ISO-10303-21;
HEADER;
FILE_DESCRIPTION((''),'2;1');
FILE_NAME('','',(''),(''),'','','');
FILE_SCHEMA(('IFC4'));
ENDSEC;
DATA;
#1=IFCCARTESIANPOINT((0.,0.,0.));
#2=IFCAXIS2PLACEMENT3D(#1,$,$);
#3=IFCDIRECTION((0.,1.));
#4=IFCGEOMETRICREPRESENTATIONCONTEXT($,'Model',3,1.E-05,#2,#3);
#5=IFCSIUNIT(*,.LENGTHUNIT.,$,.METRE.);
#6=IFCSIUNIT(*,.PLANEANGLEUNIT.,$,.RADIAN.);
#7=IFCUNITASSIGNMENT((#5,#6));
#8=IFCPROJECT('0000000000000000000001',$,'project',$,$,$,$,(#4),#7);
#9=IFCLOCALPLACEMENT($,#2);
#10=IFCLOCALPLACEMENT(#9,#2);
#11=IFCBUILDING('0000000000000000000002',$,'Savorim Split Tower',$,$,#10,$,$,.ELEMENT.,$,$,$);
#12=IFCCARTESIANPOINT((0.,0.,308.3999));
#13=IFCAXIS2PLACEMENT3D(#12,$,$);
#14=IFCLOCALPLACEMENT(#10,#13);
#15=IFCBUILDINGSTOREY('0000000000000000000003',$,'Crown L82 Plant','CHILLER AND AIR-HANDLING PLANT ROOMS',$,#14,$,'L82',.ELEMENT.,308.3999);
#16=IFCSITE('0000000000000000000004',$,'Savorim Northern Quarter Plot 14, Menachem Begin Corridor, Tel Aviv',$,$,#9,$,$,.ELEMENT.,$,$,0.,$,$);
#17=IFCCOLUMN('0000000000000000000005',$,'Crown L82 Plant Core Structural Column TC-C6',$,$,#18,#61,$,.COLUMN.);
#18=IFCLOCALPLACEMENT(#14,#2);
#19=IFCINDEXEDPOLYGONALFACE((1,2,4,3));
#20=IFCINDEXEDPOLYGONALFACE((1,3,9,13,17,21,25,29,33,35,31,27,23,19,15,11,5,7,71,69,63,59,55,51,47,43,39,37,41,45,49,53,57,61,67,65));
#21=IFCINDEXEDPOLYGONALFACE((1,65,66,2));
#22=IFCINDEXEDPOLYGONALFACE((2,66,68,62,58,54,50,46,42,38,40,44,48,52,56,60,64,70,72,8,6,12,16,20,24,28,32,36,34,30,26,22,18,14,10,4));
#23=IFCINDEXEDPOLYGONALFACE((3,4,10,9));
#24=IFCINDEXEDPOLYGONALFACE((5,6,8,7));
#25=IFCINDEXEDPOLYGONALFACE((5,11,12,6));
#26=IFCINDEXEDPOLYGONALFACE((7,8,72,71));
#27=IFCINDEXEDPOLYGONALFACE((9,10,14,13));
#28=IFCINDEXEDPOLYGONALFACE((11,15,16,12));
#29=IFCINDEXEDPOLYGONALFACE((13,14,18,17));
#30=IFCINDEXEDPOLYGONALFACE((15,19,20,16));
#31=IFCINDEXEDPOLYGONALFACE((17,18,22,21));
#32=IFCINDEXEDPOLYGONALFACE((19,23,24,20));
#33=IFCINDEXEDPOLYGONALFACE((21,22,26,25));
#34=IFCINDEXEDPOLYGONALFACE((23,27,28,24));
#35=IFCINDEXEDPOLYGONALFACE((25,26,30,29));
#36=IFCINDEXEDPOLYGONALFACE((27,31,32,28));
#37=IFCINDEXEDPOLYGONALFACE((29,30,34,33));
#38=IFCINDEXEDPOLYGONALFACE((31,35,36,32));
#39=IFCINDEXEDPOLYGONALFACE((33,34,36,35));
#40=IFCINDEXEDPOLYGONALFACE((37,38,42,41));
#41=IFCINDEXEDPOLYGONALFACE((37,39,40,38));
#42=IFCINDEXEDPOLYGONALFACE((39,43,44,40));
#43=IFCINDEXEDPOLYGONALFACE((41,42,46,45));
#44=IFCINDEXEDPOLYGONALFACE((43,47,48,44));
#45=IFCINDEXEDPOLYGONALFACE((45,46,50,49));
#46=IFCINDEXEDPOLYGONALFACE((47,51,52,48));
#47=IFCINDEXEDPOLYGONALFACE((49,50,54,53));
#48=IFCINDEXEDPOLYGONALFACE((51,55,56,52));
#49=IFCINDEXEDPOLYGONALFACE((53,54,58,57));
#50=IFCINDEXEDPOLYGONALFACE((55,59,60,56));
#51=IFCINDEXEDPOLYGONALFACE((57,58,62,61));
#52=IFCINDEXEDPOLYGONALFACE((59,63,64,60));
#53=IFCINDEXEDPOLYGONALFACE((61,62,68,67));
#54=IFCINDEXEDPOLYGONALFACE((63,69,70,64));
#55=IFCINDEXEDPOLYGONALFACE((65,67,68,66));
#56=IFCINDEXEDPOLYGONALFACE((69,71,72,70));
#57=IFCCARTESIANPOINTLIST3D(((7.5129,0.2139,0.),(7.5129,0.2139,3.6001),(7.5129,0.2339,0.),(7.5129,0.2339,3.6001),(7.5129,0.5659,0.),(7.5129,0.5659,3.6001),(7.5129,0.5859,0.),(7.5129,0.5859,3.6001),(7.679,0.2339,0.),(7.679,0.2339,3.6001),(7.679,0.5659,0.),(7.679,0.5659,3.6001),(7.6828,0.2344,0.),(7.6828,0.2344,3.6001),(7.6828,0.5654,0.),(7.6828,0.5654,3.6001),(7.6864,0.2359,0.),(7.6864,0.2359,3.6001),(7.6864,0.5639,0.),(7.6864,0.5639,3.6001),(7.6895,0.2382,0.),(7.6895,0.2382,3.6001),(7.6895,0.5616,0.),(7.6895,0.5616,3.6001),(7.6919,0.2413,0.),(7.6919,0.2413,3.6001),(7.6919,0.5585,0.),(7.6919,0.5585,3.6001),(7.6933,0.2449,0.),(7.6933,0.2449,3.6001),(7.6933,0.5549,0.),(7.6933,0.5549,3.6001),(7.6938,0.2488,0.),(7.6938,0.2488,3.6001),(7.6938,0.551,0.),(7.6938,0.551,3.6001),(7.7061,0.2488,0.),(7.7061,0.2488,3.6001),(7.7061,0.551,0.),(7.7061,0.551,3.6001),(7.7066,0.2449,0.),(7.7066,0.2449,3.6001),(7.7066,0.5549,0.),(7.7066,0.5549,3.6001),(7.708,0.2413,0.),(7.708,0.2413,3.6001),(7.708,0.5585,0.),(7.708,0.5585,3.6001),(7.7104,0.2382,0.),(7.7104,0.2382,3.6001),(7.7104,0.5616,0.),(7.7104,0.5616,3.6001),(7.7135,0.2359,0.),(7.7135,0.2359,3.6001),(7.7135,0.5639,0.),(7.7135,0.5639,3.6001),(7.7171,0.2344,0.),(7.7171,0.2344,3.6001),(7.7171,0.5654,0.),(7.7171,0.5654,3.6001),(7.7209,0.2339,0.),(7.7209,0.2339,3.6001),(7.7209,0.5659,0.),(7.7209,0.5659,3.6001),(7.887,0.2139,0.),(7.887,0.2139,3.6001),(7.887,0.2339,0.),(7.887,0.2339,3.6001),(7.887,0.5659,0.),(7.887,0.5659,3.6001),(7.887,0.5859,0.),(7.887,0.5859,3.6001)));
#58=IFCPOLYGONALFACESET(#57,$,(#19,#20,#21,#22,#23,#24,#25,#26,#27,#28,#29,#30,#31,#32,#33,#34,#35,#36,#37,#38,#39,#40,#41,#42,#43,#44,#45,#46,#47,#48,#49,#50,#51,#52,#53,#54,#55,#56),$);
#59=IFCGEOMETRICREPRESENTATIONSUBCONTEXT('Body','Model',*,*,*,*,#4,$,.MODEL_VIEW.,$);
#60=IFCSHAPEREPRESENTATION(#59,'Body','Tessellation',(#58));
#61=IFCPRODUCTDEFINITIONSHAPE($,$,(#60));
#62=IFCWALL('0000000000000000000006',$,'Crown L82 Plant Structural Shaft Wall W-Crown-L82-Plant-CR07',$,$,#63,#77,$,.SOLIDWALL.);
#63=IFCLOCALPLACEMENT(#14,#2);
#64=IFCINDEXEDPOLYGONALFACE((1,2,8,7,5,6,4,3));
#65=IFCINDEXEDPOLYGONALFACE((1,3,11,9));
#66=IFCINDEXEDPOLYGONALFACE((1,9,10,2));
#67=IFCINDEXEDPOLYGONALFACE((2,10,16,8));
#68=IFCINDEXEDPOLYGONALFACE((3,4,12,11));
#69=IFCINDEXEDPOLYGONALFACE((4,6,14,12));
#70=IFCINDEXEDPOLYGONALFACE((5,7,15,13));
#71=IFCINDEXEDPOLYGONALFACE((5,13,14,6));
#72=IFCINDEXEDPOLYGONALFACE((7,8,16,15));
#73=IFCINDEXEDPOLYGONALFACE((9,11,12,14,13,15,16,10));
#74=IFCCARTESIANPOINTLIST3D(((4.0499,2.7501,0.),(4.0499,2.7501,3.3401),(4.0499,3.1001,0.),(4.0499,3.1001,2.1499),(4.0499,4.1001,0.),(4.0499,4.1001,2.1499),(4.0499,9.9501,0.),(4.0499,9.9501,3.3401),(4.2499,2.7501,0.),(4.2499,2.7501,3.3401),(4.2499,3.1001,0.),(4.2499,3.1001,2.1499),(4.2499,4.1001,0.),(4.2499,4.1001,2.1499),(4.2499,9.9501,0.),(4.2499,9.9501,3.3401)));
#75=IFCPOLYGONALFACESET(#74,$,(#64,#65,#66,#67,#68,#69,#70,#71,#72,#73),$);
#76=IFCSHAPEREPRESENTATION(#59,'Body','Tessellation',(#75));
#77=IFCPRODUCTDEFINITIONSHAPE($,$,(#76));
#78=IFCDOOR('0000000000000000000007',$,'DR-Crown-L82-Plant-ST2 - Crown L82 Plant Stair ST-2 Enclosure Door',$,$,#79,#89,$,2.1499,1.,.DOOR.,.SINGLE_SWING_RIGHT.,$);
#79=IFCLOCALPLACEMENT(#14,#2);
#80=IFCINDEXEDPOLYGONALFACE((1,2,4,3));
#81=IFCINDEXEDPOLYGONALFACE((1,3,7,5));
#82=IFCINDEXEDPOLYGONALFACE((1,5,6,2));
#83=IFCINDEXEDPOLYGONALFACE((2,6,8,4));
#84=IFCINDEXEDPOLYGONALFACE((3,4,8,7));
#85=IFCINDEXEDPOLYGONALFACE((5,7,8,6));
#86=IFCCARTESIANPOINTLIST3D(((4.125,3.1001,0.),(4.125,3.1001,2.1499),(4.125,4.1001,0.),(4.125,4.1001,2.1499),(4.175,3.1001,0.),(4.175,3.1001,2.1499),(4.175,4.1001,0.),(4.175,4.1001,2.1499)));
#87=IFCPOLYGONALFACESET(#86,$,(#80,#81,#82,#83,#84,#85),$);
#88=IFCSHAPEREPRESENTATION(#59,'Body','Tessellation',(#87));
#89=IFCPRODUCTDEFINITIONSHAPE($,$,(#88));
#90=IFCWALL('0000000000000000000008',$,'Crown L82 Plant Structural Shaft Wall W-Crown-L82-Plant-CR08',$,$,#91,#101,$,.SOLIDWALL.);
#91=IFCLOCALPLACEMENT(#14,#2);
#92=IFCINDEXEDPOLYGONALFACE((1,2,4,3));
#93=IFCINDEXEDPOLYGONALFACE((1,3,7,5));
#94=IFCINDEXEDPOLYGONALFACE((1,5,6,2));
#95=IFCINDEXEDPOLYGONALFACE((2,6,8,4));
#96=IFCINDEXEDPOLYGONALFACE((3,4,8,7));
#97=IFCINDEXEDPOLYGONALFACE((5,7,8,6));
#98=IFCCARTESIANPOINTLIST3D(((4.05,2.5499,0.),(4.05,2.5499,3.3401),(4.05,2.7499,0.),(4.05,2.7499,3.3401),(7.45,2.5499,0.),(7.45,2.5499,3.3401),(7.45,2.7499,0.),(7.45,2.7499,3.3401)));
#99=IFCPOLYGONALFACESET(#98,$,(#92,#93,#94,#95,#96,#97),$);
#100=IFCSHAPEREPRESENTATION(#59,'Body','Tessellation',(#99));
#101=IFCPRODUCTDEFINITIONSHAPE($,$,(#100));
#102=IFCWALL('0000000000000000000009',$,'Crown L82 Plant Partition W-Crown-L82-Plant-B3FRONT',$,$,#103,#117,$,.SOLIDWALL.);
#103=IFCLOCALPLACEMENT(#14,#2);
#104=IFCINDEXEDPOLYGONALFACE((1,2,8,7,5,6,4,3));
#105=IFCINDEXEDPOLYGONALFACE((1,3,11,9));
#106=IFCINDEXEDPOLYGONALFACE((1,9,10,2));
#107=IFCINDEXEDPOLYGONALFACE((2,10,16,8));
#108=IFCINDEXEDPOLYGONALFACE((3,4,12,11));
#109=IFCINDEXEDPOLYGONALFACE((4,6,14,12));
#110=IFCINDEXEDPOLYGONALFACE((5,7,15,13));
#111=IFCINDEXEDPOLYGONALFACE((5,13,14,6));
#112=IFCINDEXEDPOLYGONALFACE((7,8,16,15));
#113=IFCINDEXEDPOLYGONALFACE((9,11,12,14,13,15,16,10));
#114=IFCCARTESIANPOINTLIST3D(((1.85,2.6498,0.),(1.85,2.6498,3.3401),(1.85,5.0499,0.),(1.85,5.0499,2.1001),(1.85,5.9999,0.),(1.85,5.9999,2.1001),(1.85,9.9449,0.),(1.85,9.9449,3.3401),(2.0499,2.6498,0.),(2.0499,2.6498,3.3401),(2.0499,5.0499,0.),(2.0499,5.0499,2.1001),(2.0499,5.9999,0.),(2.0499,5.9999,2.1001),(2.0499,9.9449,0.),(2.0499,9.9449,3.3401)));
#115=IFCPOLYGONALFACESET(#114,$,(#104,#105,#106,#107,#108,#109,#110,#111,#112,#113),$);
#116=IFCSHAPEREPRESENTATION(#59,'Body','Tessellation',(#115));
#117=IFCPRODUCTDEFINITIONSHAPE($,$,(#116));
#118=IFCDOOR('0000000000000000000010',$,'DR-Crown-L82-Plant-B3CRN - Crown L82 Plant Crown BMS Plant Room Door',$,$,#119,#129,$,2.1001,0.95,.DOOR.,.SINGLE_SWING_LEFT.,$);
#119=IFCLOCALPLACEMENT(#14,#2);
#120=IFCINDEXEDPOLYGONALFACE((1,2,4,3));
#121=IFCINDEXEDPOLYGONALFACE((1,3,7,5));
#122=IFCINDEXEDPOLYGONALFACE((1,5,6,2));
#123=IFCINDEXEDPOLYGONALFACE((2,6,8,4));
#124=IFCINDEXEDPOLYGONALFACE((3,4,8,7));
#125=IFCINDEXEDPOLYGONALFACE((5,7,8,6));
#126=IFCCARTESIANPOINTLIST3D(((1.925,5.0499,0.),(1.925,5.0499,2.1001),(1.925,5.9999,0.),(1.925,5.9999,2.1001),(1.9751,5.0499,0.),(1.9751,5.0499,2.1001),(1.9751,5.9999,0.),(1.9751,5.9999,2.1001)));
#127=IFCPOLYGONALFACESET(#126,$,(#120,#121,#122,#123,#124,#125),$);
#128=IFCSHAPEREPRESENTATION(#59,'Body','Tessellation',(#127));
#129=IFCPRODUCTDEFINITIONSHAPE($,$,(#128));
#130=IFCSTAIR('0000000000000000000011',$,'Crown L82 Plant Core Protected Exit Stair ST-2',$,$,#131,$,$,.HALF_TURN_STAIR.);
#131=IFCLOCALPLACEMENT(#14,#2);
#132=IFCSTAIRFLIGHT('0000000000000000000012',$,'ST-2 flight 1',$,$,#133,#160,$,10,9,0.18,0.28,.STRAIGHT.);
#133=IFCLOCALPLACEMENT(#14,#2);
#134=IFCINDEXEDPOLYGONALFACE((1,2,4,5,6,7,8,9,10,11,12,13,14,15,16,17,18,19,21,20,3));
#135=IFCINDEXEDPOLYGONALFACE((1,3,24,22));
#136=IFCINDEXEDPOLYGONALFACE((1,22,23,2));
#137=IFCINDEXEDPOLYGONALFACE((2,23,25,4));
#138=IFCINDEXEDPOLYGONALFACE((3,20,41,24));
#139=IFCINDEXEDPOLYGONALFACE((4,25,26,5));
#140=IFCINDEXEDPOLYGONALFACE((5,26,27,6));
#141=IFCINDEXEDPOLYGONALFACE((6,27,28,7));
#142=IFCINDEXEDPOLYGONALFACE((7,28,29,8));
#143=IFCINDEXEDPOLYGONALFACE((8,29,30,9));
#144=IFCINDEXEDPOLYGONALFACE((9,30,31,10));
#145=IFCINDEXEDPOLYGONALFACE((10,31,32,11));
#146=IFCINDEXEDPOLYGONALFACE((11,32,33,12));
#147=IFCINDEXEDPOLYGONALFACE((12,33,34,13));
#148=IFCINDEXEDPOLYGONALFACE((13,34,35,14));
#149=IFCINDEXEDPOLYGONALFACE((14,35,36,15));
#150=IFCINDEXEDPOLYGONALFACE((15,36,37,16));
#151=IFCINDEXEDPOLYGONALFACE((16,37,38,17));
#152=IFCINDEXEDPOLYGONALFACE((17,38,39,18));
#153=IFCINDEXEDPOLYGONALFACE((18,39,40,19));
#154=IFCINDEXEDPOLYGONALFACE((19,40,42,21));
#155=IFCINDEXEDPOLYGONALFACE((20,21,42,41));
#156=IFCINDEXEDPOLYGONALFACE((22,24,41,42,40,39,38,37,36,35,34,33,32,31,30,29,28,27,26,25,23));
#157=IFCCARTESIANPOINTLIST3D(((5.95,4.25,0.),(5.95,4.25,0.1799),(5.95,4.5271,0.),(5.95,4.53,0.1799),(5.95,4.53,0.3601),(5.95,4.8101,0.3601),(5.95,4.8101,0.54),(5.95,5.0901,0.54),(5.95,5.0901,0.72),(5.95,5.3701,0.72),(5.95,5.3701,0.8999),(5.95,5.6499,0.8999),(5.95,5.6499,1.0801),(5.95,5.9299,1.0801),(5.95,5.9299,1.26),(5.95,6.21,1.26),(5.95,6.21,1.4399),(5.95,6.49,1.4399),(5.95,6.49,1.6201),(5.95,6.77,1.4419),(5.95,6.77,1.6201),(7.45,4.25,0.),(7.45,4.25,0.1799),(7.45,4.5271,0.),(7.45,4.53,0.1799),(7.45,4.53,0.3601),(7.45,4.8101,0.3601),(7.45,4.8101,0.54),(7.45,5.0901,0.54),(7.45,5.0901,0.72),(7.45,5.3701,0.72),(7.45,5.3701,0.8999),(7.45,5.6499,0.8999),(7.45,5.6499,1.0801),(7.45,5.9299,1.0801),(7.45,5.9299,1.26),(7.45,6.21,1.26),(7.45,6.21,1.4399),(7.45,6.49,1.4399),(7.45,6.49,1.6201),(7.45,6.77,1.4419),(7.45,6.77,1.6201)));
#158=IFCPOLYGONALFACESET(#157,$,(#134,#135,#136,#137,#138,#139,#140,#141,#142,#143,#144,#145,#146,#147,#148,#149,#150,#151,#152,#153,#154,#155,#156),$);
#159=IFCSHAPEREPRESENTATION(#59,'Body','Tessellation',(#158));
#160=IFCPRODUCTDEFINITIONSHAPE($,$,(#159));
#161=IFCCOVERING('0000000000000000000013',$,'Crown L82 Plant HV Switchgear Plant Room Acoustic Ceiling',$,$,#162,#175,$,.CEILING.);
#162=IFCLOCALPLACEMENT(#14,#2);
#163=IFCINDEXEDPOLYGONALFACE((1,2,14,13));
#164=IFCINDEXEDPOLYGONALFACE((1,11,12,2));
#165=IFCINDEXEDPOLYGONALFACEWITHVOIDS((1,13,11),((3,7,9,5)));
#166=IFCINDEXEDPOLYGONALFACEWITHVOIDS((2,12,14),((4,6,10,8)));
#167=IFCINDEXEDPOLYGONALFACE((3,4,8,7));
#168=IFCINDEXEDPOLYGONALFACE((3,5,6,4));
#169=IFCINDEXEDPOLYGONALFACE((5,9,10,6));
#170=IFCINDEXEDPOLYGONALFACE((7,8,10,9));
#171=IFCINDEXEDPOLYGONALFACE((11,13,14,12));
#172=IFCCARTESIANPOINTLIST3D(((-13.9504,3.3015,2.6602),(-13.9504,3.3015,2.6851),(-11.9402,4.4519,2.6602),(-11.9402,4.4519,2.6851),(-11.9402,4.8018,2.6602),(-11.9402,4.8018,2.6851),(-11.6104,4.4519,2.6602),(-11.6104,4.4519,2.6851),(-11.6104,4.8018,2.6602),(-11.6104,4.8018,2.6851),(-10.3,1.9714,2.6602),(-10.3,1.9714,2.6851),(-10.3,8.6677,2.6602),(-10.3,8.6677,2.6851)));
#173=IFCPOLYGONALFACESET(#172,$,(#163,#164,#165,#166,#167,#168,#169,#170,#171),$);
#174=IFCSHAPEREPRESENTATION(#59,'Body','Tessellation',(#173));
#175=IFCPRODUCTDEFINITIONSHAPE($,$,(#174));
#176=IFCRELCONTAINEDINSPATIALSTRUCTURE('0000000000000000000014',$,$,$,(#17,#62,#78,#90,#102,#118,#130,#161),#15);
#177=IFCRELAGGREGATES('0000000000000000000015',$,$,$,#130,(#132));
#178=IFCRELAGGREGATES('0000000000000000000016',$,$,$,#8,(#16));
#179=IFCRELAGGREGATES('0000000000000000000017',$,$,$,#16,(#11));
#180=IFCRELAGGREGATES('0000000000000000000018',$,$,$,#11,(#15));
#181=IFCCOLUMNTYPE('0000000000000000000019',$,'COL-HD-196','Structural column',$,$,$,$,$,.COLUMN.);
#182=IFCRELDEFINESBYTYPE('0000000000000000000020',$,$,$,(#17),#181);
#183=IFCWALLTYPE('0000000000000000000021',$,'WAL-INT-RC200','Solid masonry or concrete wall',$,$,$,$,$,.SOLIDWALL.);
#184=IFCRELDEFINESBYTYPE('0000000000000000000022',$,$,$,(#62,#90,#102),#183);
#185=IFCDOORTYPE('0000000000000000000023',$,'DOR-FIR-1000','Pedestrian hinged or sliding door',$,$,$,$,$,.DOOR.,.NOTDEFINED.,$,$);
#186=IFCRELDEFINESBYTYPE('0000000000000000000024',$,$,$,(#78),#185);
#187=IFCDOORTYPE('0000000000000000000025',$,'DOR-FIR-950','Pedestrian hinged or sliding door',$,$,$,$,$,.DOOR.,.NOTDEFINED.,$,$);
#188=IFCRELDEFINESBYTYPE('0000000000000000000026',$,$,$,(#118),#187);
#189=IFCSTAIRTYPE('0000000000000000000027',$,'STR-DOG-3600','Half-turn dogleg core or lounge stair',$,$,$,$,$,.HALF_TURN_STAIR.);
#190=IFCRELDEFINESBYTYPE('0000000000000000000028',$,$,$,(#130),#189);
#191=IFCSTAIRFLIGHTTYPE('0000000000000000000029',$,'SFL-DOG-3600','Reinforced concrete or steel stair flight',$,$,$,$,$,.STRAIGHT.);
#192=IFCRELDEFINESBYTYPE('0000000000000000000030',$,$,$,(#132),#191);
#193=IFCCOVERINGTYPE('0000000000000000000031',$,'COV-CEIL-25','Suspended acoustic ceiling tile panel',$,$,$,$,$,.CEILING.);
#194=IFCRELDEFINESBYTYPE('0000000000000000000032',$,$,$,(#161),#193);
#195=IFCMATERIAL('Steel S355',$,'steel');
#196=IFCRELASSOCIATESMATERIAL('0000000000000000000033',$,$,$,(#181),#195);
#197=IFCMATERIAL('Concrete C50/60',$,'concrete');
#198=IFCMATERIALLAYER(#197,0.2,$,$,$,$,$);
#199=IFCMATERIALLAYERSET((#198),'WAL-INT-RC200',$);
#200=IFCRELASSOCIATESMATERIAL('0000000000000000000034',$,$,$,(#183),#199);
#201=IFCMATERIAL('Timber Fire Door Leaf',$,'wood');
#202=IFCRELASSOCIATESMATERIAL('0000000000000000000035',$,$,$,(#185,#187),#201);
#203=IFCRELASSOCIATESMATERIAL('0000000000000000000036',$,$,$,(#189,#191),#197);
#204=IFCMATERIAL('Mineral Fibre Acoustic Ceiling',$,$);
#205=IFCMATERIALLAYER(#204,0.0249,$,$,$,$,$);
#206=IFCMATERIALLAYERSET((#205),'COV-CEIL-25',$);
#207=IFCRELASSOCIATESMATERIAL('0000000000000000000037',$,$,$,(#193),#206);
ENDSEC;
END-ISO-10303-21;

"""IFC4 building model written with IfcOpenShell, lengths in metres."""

from ifc_helpers import new_model, si_unit, direction, frame, frame_2d, origin, origin_2d, place, context, subcontext, project, spatial, polyline, rectangle, i_section, outline, extrude, material, layer, layer_set, material_profile, profile_set, type_object, element, fill, aggregate, save


model = new_model("IFC4")

# Units and contexts
model_context = context("Model", 3, precision=1e-05, world=origin(), true_north=direction((0.0, 1.0)))
body_context = subcontext(model_context, "Body", "Model", "MODEL_VIEW")
ifc_project = project(units=[si_unit("LENGTHUNIT", "METRE"), si_unit("PLANEANGLEUNIT", "RADIAN")], contexts=[model_context])

# Site, building, storey
site_placement = place(None, origin())
site = spatial("IfcSite", under=ifc_project, at=site_placement, Name="Savorim Northern Quarter Plot 14, Menachem Begin Corridor, Tel Aviv", CompositionType="ELEMENT", RefElevation=0.0)
building_placement = place(site_placement, origin())
building = spatial("IfcBuilding", under=site, at=building_placement, Name="Savorim Split Tower", CompositionType="ELEMENT")
storey_placement = place(building_placement, frame((0.0, 0.0, 308.3999)))
storey = spatial("IfcBuildingStorey", under=building, at=storey_placement, Name="Crown L82 Plant", Description="CHILLER AND AIR-HANDLING PLANT ROOMS", LongName="L82", CompositionType="ELEMENT", Elevation=308.3999)

# Column
ifc_material_1 = material(Name="Steel S355", Category="steel")
ifc_material_profile = material_profile(ifc_material_1, i_section(OverallWidth=0.374, OverallDepth=0.3721, WebThickness=0.0122, FlangeThickness=0.02, FilletRadius=0.0149, at=origin_2d()), Name="HD 360x196")
ifc_profile_set = profile_set([ifc_material_profile], Name="Steel S355")
column_type = type_object("IfcColumnType", Name="COL-HD-196", Description="Structural column", PredefinedType="COLUMN", material=ifc_profile_set)
column_placement = place(storey_placement, frame((7.7, 0.3999, 0.0), z_axis=(0.0, 0.0, 1.0), x_axis=(1.0, 0.0, 0.0)))
element("IfcColumn", 1, at=column_placement, inside=storey, type_object=column_type, Name="Crown L82 Plant Core Structural Column TC-C6", PredefinedType="COLUMN", context=body_context, shape_type="SweptSolid", body=[
    extrude(i_section(OverallWidth=0.374, OverallDepth=0.3721, WebThickness=0.0122, FlangeThickness=0.02, FilletRadius=0.0149, at=origin_2d()), origin(), (0.0, 0.0, 1.0), 3.6001),
])

# Wall, opening, door
ifc_material_2 = material(Name="Concrete C50/60", Category="concrete")
ifc_layer_1 = layer(ifc_material_2, 0.2)
ifc_layer_set_1 = layer_set([ifc_layer_1], Name="WAL-INT-RC200")
wall_type = type_object("IfcWallType", Name="WAL-INT-RC200", Description="Solid masonry or concrete wall", PredefinedType="SOLIDWALL", material=ifc_layer_set_1)
wall_1_placement = place(storey_placement, frame((4.1499, 2.75, 0.0), z_axis=(0.0, 0.0, 1.0), x_axis=(0.0, 1.0, 0.0)))
wall_1 = element("IfcWall", 2, at=wall_1_placement, inside=storey, type_object=wall_type, Name="Crown L82 Plant Structural Shaft Wall W-Crown-L82-Plant-CR07", PredefinedType="SOLIDWALL", context=body_context, shape_type="SweptSolid", body=[
    extrude(rectangle(XDim=7.2, YDim=0.2, at=frame_2d((3.6001, 0.0))), origin(), (0.0, 0.0, 1.0), 3.3401),
])
opening_1_placement = place(wall_1_placement, frame((0.3501, 0.0, 0.0)))
opening_1 = element("IfcOpeningElement", 3, at=opening_1_placement, cuts=wall_1, PredefinedType="OPENING", context=body_context, shape_type="SweptSolid", body=[
    extrude(rectangle(XDim=1.0, YDim=2.1499, at=frame_2d((0.5, 1.075))), frame((0.0, 0.1099, 0.0), z_axis=(0.0, -1.0, 0.0), x_axis=(1.0, 0.0, 0.0)), (0.0, 0.0, 1.0), 0.22),
])
ifc_material_3 = material(Name="Timber Fire Door Leaf", Category="wood")
door_type_1 = type_object("IfcDoorType", Name="DOR-FIR-1000", Description="Pedestrian hinged or sliding door", OperationType="NOTDEFINED", PredefinedType="DOOR", material=ifc_material_3)
door_1_placement = place(opening_1_placement, origin())
door_1 = element("IfcDoor", 4, at=door_1_placement, inside=storey, type_object=door_type_1, Name="DR-Crown-L82-Plant-ST2 - Crown L82 Plant Stair ST-2 Enclosure Door", OperationType="SINGLE_SWING_RIGHT", OverallHeight=2.1499, OverallWidth=1.0, PredefinedType="DOOR", context=body_context, shape_type="SweptSolid", body=[
    extrude(rectangle(XDim=1.0, YDim=2.1499, at=frame_2d((0.5, 1.075))), frame((0.0, 0.0249, 0.0), z_axis=(0.0, -1.0, 0.0), x_axis=(1.0, 0.0, 0.0)), (0.0, 0.0, 1.0), 0.05),
])
fill(opening_1, door_1)

# Wall
wall_2_placement = place(storey_placement, frame((4.05, 2.6499, 0.0), z_axis=(0.0, 0.0, 1.0), x_axis=(1.0, 0.0, 0.0)))
element("IfcWall", 5, at=wall_2_placement, inside=storey, type_object=wall_type, Name="Crown L82 Plant Structural Shaft Wall W-Crown-L82-Plant-CR08", PredefinedType="SOLIDWALL", context=body_context, shape_type="SweptSolid", body=[
    extrude(rectangle(XDim=3.3999, YDim=0.2, at=frame_2d((1.7, 0.0))), origin(), (0.0, 0.0, 1.0), 3.3401),
])

# Wall, opening, door
wall_3_placement = place(storey_placement, frame((1.95, 2.6499, 0.0), z_axis=(0.0, 0.0, 1.0), x_axis=(0.0, 1.0, 0.0)))
wall_3 = element("IfcWall", 6, at=wall_3_placement, inside=storey, type_object=wall_type, Name="Crown L82 Plant Partition W-Crown-L82-Plant-B3FRONT", PredefinedType="SOLIDWALL", context=body_context, shape_type="SweptSolid", body=[
    extrude(rectangle(XDim=7.2952, YDim=0.2, at=frame_2d((3.6475, 0.0))), origin(), (0.0, 0.0, 1.0), 3.3401),
])
opening_2_placement = place(wall_3_placement, frame((2.3999, 0.0, 0.0)))
opening_2 = element("IfcOpeningElement", 7, at=opening_2_placement, cuts=wall_3, PredefinedType="OPENING", context=body_context, shape_type="SweptSolid", body=[
    extrude(rectangle(XDim=0.95, YDim=2.1001, at=frame_2d((0.4751, 1.05))), frame((0.0, 0.1099, 0.0), z_axis=(0.0, -1.0, 0.0), x_axis=(1.0, 0.0, 0.0)), (0.0, 0.0, 1.0), 0.22),
])
door_type_2 = type_object("IfcDoorType", Name="DOR-FIR-950", Description="Pedestrian hinged or sliding door", OperationType="NOTDEFINED", PredefinedType="DOOR", material=ifc_material_3)
door_2_placement = place(opening_2_placement, origin())
door_2 = element("IfcDoor", 8, at=door_2_placement, inside=storey, type_object=door_type_2, Name="DR-Crown-L82-Plant-B3CRN - Crown L82 Plant Crown BMS Plant Room Door", OperationType="SINGLE_SWING_LEFT", OverallHeight=2.1001, OverallWidth=0.95, PredefinedType="DOOR", context=body_context, shape_type="SweptSolid", body=[
    extrude(rectangle(XDim=0.95, YDim=2.1001, at=frame_2d((0.4751, 1.05))), frame((0.0, 0.0249, 0.0), z_axis=(0.0, -1.0, 0.0), x_axis=(1.0, 0.0, 0.0)), (0.0, 0.0, 1.0), 0.05),
])
fill(opening_2, door_2)

# Stair, stair flight
stair_type = type_object("IfcStairType", Name="STR-DOG-3600", Description="Half-turn dogleg core or lounge stair", PredefinedType="HALF_TURN_STAIR", material=ifc_material_2)
stair_placement = place(storey_placement, origin())
stair = element("IfcStair", 9, at=stair_placement, inside=storey, type_object=stair_type, Name="Crown L82 Plant Core Protected Exit Stair ST-2", PredefinedType="HALF_TURN_STAIR")
stair_flight_type = type_object("IfcStairFlightType", Name="SFL-DOG-3600", Description="Reinforced concrete or steel stair flight", PredefinedType="STRAIGHT", material=ifc_material_2)
stair_flight_placement = place(storey_placement, frame((6.7, 4.25, 0.0), z_axis=(0.0, 0.0, 1.0), x_axis=(0.0, 1.0, 0.0)))
stair_flight = element("IfcStairFlight", 10, at=stair_flight_placement, type_object=stair_flight_type, Name="ST-2 flight 1", NumberOfRisers=10, NumberOfTreads=9, PredefinedType="STRAIGHT", RiserHeight=0.18, TreadLength=0.28, context=body_context, shape_type="SweptSolid", body=[
    extrude(outline(polyline([(0.0, 0.0), (0.0, 0.1799), (0.28, 0.1799), (0.28, 0.3601), (0.5601, 0.3601), (0.5601, 0.54), (0.8401, 0.54), (0.8401, 0.72), (1.1201, 0.72), (1.1201, 0.8999), (1.3999, 0.8999), (1.3999, 1.0801), (1.6799, 1.0801), (1.6799, 1.26), (1.96, 1.26), (1.96, 1.4399), (2.24, 1.4399), (2.24, 1.6201), (2.52, 1.6201), (2.52, 1.8), (2.52, 1.4419), (0.2771, 0.0), (0.0, 0.0)])), frame((0.0, 0.75, 0.0), z_axis=(0.0, -1.0, 0.0), x_axis=(1.0, 0.0, 0.0)), (0.0, 0.0, 1.0), 1.5),
])
aggregate(stair, [stair_flight])

# Covering
ifc_material_4 = material(Name="Mineral Fibre Acoustic Ceiling")
ifc_layer_2 = layer(ifc_material_4, 0.0249)
ifc_layer_set_2 = layer_set([ifc_layer_2], Name="COV-CEIL-25")
covering_type_1 = type_object("IfcCoveringType", Name="COV-CEIL-25", Description="Suspended acoustic ceiling tile panel", PredefinedType="CEILING", material=ifc_layer_set_2)
covering_1_placement = place(storey_placement, frame((0.0, 0.0, 2.6602)))
element("IfcCovering", 11, at=covering_1_placement, inside=storey, type_object=covering_type_1, Name="Crown L82 Plant HV Switchgear Plant Room Acoustic Ceiling", PredefinedType="CEILING", context=body_context, shape_type="SweptSolid", body=[
    extrude(outline(polyline([(-13.9504, 3.3015), (-10.3, 1.9714), (-10.3, 8.6677), (-13.9504, 3.3015)]), holes=[polyline([(-11.6104, 4.4519), (-11.6104, 4.8018), (-11.9402, 4.8018), (-11.9402, 4.4519), (-11.6104, 4.4519)])]), origin(), (0.0, 0.0, 1.0), 0.0249),
])

save(model, "model.ifc")
